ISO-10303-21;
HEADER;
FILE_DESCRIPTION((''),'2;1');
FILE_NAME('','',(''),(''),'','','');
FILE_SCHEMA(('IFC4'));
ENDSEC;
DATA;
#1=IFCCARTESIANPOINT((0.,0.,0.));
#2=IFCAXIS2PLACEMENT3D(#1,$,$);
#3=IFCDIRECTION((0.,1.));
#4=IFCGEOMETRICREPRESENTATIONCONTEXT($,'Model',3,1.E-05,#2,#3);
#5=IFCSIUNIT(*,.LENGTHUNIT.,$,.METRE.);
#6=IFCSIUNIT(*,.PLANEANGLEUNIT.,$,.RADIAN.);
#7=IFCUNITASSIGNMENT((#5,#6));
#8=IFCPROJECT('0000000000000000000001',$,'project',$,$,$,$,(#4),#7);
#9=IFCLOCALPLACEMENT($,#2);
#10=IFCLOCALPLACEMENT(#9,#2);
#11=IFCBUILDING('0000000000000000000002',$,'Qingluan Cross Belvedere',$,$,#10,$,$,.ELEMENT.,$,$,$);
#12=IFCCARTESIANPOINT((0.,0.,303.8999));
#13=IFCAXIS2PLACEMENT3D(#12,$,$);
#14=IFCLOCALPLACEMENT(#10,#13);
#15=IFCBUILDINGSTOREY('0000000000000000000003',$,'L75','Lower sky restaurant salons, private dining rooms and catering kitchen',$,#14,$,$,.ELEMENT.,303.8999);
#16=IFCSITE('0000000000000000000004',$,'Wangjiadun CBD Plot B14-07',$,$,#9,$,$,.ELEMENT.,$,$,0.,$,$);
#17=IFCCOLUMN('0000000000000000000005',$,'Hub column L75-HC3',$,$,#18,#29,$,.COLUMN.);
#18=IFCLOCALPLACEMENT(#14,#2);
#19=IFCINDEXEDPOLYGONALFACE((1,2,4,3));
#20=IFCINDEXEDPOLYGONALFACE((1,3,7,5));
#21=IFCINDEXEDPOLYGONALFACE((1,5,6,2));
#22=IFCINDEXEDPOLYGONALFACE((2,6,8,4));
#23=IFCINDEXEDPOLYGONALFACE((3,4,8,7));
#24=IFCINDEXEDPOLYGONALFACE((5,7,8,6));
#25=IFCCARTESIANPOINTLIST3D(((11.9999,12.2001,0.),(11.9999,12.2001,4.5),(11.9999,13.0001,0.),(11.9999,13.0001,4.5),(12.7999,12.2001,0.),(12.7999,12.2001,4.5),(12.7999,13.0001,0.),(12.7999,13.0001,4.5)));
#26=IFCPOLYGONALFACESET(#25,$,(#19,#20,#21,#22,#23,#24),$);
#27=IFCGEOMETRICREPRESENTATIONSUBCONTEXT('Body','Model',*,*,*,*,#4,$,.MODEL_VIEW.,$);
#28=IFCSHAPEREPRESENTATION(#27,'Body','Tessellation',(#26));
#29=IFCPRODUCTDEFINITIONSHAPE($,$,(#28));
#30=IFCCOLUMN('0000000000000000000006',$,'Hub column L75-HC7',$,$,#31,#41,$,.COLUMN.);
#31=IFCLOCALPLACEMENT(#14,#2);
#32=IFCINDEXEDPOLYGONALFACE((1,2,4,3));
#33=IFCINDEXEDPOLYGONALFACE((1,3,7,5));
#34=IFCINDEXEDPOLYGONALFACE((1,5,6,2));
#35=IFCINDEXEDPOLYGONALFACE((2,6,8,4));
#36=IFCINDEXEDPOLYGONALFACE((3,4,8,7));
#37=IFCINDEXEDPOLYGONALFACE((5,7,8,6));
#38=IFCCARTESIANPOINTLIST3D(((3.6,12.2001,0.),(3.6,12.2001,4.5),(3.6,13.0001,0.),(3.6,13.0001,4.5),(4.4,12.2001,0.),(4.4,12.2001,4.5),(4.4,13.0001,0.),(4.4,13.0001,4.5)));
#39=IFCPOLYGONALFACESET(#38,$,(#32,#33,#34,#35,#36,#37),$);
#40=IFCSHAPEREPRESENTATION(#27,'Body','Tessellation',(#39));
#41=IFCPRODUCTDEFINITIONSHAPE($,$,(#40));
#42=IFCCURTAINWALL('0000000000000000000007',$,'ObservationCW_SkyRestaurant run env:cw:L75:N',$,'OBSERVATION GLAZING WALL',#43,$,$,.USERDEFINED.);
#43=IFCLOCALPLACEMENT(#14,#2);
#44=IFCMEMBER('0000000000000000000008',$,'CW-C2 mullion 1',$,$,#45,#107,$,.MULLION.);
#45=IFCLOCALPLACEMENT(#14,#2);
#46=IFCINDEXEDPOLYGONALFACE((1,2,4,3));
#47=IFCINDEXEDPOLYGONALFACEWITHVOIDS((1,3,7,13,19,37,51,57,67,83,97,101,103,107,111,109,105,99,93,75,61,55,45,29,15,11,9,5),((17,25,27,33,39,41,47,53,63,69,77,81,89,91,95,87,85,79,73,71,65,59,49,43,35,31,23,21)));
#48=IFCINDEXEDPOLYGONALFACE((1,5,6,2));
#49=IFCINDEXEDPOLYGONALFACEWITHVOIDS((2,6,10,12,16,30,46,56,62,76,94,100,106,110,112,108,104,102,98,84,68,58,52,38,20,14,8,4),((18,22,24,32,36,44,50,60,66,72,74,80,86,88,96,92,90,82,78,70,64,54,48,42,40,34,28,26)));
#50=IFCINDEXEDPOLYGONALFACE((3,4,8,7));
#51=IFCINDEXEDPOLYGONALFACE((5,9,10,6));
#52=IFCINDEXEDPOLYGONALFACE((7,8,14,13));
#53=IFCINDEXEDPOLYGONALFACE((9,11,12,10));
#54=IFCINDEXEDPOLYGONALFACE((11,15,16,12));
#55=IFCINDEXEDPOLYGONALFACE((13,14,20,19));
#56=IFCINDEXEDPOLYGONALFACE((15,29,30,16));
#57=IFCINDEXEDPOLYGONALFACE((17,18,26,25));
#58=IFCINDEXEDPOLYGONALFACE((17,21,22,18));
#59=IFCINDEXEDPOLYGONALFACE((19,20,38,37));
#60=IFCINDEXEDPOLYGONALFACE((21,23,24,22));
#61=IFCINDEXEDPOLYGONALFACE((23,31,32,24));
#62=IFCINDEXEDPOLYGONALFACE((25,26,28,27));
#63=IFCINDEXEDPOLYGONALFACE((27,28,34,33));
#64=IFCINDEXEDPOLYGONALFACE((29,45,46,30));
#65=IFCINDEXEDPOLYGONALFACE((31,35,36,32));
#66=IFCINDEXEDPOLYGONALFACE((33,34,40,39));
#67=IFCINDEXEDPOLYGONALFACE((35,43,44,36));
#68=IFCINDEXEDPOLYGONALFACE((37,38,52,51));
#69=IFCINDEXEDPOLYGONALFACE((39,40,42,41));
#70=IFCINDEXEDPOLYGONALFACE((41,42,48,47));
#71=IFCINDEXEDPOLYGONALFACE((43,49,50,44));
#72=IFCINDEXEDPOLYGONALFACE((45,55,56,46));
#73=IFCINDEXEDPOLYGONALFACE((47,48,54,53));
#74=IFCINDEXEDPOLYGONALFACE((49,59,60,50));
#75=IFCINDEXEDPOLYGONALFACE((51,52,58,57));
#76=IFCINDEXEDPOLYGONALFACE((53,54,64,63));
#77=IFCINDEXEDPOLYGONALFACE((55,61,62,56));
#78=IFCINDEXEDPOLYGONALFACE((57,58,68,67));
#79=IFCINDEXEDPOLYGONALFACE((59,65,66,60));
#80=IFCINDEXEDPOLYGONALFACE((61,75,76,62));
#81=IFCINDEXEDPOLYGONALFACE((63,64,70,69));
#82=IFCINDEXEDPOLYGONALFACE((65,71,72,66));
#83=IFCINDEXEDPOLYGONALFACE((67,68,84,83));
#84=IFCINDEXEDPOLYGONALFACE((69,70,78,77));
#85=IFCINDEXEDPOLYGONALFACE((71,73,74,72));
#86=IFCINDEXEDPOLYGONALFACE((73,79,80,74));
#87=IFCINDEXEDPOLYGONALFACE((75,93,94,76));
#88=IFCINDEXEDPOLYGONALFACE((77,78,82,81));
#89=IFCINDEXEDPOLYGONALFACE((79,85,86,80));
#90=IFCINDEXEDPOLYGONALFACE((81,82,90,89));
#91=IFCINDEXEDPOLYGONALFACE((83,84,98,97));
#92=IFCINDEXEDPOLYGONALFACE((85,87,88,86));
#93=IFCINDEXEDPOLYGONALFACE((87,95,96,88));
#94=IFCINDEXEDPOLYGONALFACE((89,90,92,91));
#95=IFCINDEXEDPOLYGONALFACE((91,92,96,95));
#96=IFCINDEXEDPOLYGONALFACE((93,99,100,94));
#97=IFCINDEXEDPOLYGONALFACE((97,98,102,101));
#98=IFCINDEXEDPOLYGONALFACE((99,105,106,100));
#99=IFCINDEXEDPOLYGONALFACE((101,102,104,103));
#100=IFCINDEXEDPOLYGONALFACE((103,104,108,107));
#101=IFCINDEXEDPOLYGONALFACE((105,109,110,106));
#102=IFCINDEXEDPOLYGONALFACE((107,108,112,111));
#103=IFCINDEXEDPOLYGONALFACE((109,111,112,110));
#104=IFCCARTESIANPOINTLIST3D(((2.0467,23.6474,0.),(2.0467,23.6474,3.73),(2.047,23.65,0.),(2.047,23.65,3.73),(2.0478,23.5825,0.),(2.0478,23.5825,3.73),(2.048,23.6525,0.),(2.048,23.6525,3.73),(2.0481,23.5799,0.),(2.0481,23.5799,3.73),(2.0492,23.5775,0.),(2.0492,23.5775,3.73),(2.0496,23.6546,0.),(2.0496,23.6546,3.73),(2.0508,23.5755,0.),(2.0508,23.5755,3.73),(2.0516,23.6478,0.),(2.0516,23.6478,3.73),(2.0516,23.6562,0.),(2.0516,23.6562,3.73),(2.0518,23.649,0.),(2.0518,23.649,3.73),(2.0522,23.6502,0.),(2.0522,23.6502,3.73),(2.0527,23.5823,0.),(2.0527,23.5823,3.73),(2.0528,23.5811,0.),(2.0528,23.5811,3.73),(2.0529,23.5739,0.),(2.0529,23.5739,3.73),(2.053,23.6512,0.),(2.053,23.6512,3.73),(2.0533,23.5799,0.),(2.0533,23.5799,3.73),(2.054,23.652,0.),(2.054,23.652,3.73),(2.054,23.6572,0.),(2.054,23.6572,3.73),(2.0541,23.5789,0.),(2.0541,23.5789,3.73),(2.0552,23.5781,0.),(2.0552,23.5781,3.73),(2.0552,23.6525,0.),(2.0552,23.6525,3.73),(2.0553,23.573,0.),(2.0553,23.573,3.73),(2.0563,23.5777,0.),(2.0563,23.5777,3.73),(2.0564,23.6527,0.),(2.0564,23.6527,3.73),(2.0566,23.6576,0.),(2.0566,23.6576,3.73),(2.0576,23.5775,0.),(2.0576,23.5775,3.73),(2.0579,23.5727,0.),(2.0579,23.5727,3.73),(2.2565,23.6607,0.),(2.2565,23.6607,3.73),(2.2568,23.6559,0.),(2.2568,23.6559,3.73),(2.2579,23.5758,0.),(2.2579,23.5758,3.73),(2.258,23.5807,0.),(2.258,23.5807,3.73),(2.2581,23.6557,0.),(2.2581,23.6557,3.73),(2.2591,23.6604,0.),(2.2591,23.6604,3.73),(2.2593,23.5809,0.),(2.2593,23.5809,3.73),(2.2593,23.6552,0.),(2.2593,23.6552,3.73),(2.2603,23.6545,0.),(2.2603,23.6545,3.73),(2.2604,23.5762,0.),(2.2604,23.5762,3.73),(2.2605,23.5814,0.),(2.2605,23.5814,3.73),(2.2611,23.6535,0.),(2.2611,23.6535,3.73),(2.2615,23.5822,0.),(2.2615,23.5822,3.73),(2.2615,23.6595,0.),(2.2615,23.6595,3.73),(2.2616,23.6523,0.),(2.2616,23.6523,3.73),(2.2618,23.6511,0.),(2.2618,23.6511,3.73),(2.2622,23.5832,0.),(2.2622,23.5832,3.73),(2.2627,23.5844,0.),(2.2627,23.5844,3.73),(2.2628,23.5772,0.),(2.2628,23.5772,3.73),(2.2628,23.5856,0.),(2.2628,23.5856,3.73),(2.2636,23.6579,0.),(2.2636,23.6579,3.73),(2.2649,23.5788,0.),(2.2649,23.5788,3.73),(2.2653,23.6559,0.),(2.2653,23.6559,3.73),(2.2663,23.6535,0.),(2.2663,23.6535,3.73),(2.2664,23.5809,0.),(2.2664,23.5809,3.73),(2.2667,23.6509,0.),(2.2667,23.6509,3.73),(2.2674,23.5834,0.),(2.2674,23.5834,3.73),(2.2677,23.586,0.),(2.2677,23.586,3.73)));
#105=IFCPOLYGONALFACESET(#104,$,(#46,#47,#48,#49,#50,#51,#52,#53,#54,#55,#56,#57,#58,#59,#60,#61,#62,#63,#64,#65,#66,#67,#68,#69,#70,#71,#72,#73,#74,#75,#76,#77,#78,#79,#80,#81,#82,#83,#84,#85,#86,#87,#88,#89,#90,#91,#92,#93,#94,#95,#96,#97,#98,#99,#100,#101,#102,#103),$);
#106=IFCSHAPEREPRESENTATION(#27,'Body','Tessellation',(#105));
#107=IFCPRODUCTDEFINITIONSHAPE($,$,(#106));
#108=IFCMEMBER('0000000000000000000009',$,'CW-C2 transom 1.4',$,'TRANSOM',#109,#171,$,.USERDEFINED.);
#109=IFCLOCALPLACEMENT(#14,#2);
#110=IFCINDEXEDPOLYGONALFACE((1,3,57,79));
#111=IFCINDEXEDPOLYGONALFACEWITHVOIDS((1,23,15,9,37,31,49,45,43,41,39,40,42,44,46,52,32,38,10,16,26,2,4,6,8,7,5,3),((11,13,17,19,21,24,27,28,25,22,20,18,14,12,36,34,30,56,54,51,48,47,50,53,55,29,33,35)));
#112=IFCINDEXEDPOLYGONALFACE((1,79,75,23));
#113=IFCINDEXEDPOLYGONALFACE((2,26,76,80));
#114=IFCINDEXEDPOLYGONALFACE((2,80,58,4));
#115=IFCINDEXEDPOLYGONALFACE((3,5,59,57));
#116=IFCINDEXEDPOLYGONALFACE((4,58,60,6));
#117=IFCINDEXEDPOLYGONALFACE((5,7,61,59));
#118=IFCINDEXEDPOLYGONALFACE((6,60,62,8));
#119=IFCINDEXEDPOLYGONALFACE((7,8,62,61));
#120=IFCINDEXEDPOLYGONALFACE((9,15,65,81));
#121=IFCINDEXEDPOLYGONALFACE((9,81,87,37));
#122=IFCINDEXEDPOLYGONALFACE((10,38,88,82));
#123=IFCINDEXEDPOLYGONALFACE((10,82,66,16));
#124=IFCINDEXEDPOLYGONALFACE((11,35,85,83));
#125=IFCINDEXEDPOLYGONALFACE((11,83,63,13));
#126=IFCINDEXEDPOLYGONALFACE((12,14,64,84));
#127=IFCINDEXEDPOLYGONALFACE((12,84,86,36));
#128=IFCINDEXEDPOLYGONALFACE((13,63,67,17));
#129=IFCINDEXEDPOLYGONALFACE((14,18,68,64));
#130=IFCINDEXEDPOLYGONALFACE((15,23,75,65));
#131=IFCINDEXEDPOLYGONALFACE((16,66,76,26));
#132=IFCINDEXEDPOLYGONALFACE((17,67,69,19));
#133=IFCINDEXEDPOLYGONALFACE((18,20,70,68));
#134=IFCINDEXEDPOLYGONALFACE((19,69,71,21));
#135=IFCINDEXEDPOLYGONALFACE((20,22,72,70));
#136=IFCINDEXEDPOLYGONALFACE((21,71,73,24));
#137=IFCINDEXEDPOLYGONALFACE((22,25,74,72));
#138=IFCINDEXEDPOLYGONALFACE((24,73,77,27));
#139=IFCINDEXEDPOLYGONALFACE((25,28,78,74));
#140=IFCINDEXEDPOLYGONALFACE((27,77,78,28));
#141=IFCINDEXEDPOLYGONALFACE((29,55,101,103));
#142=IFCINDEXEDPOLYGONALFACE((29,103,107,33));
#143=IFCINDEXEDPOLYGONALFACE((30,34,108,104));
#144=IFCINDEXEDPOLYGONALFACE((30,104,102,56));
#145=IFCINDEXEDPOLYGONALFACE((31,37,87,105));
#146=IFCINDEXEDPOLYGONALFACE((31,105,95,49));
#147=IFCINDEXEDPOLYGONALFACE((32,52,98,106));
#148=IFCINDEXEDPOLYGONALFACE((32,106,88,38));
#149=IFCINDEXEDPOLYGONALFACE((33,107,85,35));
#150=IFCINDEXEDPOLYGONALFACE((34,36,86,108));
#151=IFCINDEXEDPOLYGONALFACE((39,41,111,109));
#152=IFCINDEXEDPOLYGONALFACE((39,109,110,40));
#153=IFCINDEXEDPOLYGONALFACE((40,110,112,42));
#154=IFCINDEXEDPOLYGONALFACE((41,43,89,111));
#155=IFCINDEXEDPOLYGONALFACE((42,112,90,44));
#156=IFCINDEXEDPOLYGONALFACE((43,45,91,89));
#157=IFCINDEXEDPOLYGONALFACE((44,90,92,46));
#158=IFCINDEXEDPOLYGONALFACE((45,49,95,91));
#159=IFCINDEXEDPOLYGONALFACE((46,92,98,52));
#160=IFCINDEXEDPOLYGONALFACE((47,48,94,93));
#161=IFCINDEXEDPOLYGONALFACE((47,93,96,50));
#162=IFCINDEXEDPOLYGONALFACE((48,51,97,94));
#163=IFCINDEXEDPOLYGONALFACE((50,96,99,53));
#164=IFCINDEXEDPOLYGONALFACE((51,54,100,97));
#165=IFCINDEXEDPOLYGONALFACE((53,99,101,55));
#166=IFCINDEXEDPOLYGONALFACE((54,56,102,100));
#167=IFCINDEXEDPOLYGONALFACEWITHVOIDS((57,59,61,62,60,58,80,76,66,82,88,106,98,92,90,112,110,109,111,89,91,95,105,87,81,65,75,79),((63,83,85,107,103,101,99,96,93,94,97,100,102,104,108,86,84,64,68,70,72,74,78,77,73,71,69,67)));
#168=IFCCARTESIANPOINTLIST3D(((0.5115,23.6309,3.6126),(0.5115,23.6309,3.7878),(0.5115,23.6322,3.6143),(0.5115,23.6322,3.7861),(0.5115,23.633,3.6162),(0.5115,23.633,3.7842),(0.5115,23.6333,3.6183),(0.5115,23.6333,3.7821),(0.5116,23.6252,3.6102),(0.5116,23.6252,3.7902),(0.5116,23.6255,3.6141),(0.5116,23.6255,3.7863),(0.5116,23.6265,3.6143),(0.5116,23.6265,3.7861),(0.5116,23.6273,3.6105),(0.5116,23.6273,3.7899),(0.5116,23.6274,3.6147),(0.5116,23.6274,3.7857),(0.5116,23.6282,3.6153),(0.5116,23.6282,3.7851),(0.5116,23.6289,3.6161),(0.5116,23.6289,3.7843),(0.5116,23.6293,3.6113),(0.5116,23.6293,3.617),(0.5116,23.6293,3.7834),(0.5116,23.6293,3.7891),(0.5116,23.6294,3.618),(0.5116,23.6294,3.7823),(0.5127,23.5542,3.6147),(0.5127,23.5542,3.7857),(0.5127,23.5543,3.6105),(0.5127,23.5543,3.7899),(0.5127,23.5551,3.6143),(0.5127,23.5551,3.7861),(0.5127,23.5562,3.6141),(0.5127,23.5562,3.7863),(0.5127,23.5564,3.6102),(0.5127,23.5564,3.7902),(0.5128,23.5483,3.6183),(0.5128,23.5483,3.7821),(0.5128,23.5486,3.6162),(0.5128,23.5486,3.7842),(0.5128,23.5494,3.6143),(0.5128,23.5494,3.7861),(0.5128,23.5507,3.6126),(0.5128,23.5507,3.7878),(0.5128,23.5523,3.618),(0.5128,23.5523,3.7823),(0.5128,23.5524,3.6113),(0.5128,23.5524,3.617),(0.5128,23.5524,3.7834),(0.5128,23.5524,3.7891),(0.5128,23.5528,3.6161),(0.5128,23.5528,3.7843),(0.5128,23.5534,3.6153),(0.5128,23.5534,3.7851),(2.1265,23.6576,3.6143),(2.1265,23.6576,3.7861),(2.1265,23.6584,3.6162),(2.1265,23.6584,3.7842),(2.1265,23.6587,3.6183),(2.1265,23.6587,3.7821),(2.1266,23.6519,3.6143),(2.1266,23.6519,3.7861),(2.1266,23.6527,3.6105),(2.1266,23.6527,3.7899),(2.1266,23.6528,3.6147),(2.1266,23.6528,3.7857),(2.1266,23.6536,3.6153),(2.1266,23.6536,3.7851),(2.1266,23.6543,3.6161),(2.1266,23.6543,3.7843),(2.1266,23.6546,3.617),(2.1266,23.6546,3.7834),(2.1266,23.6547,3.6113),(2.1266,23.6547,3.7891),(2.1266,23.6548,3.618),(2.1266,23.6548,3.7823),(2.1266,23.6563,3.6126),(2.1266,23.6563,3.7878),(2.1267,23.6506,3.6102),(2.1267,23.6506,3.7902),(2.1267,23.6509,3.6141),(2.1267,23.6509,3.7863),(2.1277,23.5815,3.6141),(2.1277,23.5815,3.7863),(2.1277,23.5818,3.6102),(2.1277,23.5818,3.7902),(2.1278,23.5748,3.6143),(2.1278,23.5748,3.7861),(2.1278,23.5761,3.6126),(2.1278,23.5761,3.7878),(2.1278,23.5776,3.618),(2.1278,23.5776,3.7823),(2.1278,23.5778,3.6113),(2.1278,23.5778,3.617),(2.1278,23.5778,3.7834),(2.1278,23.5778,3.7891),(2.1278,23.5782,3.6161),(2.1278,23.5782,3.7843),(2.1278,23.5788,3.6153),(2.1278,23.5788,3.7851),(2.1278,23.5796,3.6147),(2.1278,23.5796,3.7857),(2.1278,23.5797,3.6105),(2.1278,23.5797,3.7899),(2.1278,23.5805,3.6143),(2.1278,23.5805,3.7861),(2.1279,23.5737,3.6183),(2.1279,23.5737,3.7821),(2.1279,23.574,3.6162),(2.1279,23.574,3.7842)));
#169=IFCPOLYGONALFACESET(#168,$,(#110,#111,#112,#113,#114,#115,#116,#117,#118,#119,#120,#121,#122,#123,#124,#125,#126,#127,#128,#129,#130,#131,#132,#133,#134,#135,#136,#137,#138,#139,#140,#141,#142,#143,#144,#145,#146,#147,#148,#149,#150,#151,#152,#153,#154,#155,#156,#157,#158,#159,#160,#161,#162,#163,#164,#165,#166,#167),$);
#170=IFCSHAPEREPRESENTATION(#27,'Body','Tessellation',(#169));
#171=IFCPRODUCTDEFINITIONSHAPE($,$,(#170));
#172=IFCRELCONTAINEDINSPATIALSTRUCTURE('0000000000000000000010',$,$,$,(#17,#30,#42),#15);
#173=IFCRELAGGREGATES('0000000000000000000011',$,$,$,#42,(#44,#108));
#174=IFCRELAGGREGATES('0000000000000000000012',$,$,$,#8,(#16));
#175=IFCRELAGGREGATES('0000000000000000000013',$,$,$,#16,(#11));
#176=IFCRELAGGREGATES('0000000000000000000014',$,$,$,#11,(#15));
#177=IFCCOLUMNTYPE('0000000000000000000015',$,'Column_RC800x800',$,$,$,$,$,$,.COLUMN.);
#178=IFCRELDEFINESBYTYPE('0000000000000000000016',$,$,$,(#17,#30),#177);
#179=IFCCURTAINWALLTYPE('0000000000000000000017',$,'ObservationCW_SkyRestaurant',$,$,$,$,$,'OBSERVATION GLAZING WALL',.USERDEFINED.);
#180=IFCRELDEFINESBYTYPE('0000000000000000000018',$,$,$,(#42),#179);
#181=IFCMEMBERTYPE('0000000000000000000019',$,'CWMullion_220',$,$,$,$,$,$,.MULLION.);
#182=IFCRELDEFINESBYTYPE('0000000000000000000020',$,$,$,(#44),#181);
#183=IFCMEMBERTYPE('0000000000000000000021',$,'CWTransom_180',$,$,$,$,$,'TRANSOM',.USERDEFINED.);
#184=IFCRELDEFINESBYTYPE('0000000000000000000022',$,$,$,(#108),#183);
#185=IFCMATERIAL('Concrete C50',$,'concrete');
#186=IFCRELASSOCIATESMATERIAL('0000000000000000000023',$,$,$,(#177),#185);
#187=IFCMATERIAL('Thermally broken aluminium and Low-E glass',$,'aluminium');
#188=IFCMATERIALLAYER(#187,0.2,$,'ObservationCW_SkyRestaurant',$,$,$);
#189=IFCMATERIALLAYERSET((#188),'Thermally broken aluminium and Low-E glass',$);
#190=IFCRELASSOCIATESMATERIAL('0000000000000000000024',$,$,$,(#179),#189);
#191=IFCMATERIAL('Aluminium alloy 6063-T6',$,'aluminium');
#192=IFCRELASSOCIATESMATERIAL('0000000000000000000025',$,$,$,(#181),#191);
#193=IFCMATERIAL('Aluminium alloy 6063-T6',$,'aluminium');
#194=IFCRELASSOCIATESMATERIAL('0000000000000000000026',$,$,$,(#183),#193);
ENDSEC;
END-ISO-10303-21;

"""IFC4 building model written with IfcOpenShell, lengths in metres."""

from ifc_helpers import new_model, si_unit, direction, frame, origin, origin_2d, place, context, subcontext, project, spatial, rectangle, hollow_rectangle, extrude, material, layer, layer_set, material_profile, profile_set, type_object, element, aggregate, save


model = new_model("IFC4")

# Units and contexts
model_context = context("Model", 3, precision=1e-05, world=origin(), true_north=direction((0.0, 1.0)))
body_context = subcontext(model_context, "Body", "Model", "MODEL_VIEW")
ifc_project = project(units=[si_unit("LENGTHUNIT", "METRE"), si_unit("PLANEANGLEUNIT", "RADIAN")], contexts=[model_context])

# Site, building, storey
site_placement = place(None, origin())
site = spatial("IfcSite", under=ifc_project, at=site_placement, Name="Wangjiadun CBD Plot B14-07", CompositionType="ELEMENT", RefElevation=0.0)
building_placement = place(site_placement, origin())
building = spatial("IfcBuilding", under=site, at=building_placement, Name="Qingluan Cross Belvedere", CompositionType="ELEMENT")
storey_placement = place(building_placement, frame((0.0, 0.0, 303.8999)))
storey = spatial("IfcBuildingStorey", under=building, at=storey_placement, Name="L75", Description="Lower sky restaurant salons, private dining rooms and catering kitchen", CompositionType="ELEMENT", Elevation=303.8999)

# Columns
ifc_material_1 = material(Name="Concrete C50", Category="concrete")
ifc_material_profile_1 = material_profile(ifc_material_1, rectangle(XDim=0.8, YDim=0.8, at=origin_2d()), Name="RC800x800")
ifc_profile_set_1 = profile_set([ifc_material_profile_1], Name="Concrete C50")
column_type = type_object("IfcColumnType", Name="Column_RC800x800", PredefinedType="COLUMN", material=ifc_profile_set_1)
for number, where, z_axis, x_axis, name in (
    (1, (12.3999, 12.6001, 0.0), (0.0, 0.0, 1.0), (1.0, 0.0, 0.0), "Hub column L75-HC3"),
    (2, (4.0, 12.6001, 0.0), (0.0, 0.0, 1.0), (1.0, 0.0, 0.0), "Hub column L75-HC7"),
):
    element("IfcColumn", number, at=place(storey_placement, frame(where, z_axis=z_axis, x_axis=x_axis)), inside=storey, type_object=column_type, Name=name, PredefinedType="COLUMN", context=body_context, shape_type="SweptSolid", body=[
        extrude(rectangle(XDim=0.8, YDim=0.8, at=origin_2d()), origin(), (0.0, 0.0, 1.0), 4.5),
    ])

# Curtain wall, members
ifc_material_2 = material(Name="Thermally broken aluminium and Low-E glass", Category="aluminium")
ifc_layer_1 = layer(ifc_material_2, 0.2, Name="ObservationCW_SkyRestaurant")
ifc_layer_set_1 = layer_set([ifc_layer_1], Name="Thermally broken aluminium and Low-E glass")
curtain_wall_type = type_object("IfcCurtainWallType", Name="ObservationCW_SkyRestaurant", ElementType="OBSERVATION GLAZING WALL", PredefinedType="USERDEFINED", material=ifc_layer_set_1)
curtain_wall_placement = place(storey_placement, origin())
curtain_wall = element("IfcCurtainWall", 3, at=curtain_wall_placement, inside=storey, type_object=curtain_wall_type, Name="ObservationCW_SkyRestaurant run env:cw:L75:N", ObjectType="OBSERVATION GLAZING WALL", PredefinedType="USERDEFINED")
ifc_material_3 = material(Name="Aluminium alloy 6063-T6", Category="aluminium")
ifc_material_profile_2 = material_profile(ifc_material_3, hollow_rectangle(XDim=0.085, YDim=0.22, WallThickness=0.0049, InnerFilletRadius=0.0049, OuterFilletRadius=0.01, at=origin_2d()), Name="CWM220x85x5")
ifc_profile_set_2 = profile_set([ifc_material_profile_2], Name="Aluminium alloy 6063-T6")
member_type_1 = type_object("IfcMemberType", Name="CWMullion_220", PredefinedType="MULLION", material=ifc_profile_set_2)
member_1_placement = place(storey_placement, frame((2.1572, 23.6167, 0.0), z_axis=(0.0, 0.0, 1.0), x_axis=(0.015696, -0.999877, 0.0)))
member_1 = element("IfcMember", 4, at=member_1_placement, type_object=member_type_1, Name="CW-C2 mullion 1", PredefinedType="MULLION", context=body_context, shape_type="SweptSolid", body=[
    extrude(hollow_rectangle(XDim=0.085, YDim=0.22, WallThickness=0.0049, InnerFilletRadius=0.0049, OuterFilletRadius=0.01, at=origin_2d()), origin(), (0.0, 0.0, 1.0), 3.73),
])
ifc_material_4 = material(Name="Aluminium alloy 6063-T6", Category="aluminium")
ifc_material_profile_3 = material_profile(ifc_material_4, hollow_rectangle(XDim=0.085, YDim=0.1799, WallThickness=0.0039, InnerFilletRadius=0.0039, OuterFilletRadius=0.0081, at=origin_2d()), Name="CWT180x85x4")
ifc_profile_set_3 = profile_set([ifc_material_profile_3], Name="Aluminium alloy 6063-T6")
member_type_2 = type_object("IfcMemberType", Name="CWTransom_180", ElementType="TRANSOM", PredefinedType="USERDEFINED", material=ifc_profile_set_3)
member_2_placement = place(storey_placement, frame((2.1272, 23.6162, 3.7002), z_axis=(-0.999876, -0.01572, 0.0), x_axis=(0.01572, -0.999876, 0.0)))
member_2 = element("IfcMember", 5, at=member_2_placement, type_object=member_type_2, Name="CW-C2 transom 1.4", ObjectType="TRANSOM", PredefinedType="USERDEFINED", context=body_context, shape_type="SweptSolid", body=[
    extrude(hollow_rectangle(XDim=0.085, YDim=0.1799, WallThickness=0.0039, InnerFilletRadius=0.0039, OuterFilletRadius=0.0081, at=origin_2d()), origin(), (0.0, 0.0, 1.0), 1.6152),
])
aggregate(curtain_wall, [member_1, member_2])

save(model, "model.ifc")
